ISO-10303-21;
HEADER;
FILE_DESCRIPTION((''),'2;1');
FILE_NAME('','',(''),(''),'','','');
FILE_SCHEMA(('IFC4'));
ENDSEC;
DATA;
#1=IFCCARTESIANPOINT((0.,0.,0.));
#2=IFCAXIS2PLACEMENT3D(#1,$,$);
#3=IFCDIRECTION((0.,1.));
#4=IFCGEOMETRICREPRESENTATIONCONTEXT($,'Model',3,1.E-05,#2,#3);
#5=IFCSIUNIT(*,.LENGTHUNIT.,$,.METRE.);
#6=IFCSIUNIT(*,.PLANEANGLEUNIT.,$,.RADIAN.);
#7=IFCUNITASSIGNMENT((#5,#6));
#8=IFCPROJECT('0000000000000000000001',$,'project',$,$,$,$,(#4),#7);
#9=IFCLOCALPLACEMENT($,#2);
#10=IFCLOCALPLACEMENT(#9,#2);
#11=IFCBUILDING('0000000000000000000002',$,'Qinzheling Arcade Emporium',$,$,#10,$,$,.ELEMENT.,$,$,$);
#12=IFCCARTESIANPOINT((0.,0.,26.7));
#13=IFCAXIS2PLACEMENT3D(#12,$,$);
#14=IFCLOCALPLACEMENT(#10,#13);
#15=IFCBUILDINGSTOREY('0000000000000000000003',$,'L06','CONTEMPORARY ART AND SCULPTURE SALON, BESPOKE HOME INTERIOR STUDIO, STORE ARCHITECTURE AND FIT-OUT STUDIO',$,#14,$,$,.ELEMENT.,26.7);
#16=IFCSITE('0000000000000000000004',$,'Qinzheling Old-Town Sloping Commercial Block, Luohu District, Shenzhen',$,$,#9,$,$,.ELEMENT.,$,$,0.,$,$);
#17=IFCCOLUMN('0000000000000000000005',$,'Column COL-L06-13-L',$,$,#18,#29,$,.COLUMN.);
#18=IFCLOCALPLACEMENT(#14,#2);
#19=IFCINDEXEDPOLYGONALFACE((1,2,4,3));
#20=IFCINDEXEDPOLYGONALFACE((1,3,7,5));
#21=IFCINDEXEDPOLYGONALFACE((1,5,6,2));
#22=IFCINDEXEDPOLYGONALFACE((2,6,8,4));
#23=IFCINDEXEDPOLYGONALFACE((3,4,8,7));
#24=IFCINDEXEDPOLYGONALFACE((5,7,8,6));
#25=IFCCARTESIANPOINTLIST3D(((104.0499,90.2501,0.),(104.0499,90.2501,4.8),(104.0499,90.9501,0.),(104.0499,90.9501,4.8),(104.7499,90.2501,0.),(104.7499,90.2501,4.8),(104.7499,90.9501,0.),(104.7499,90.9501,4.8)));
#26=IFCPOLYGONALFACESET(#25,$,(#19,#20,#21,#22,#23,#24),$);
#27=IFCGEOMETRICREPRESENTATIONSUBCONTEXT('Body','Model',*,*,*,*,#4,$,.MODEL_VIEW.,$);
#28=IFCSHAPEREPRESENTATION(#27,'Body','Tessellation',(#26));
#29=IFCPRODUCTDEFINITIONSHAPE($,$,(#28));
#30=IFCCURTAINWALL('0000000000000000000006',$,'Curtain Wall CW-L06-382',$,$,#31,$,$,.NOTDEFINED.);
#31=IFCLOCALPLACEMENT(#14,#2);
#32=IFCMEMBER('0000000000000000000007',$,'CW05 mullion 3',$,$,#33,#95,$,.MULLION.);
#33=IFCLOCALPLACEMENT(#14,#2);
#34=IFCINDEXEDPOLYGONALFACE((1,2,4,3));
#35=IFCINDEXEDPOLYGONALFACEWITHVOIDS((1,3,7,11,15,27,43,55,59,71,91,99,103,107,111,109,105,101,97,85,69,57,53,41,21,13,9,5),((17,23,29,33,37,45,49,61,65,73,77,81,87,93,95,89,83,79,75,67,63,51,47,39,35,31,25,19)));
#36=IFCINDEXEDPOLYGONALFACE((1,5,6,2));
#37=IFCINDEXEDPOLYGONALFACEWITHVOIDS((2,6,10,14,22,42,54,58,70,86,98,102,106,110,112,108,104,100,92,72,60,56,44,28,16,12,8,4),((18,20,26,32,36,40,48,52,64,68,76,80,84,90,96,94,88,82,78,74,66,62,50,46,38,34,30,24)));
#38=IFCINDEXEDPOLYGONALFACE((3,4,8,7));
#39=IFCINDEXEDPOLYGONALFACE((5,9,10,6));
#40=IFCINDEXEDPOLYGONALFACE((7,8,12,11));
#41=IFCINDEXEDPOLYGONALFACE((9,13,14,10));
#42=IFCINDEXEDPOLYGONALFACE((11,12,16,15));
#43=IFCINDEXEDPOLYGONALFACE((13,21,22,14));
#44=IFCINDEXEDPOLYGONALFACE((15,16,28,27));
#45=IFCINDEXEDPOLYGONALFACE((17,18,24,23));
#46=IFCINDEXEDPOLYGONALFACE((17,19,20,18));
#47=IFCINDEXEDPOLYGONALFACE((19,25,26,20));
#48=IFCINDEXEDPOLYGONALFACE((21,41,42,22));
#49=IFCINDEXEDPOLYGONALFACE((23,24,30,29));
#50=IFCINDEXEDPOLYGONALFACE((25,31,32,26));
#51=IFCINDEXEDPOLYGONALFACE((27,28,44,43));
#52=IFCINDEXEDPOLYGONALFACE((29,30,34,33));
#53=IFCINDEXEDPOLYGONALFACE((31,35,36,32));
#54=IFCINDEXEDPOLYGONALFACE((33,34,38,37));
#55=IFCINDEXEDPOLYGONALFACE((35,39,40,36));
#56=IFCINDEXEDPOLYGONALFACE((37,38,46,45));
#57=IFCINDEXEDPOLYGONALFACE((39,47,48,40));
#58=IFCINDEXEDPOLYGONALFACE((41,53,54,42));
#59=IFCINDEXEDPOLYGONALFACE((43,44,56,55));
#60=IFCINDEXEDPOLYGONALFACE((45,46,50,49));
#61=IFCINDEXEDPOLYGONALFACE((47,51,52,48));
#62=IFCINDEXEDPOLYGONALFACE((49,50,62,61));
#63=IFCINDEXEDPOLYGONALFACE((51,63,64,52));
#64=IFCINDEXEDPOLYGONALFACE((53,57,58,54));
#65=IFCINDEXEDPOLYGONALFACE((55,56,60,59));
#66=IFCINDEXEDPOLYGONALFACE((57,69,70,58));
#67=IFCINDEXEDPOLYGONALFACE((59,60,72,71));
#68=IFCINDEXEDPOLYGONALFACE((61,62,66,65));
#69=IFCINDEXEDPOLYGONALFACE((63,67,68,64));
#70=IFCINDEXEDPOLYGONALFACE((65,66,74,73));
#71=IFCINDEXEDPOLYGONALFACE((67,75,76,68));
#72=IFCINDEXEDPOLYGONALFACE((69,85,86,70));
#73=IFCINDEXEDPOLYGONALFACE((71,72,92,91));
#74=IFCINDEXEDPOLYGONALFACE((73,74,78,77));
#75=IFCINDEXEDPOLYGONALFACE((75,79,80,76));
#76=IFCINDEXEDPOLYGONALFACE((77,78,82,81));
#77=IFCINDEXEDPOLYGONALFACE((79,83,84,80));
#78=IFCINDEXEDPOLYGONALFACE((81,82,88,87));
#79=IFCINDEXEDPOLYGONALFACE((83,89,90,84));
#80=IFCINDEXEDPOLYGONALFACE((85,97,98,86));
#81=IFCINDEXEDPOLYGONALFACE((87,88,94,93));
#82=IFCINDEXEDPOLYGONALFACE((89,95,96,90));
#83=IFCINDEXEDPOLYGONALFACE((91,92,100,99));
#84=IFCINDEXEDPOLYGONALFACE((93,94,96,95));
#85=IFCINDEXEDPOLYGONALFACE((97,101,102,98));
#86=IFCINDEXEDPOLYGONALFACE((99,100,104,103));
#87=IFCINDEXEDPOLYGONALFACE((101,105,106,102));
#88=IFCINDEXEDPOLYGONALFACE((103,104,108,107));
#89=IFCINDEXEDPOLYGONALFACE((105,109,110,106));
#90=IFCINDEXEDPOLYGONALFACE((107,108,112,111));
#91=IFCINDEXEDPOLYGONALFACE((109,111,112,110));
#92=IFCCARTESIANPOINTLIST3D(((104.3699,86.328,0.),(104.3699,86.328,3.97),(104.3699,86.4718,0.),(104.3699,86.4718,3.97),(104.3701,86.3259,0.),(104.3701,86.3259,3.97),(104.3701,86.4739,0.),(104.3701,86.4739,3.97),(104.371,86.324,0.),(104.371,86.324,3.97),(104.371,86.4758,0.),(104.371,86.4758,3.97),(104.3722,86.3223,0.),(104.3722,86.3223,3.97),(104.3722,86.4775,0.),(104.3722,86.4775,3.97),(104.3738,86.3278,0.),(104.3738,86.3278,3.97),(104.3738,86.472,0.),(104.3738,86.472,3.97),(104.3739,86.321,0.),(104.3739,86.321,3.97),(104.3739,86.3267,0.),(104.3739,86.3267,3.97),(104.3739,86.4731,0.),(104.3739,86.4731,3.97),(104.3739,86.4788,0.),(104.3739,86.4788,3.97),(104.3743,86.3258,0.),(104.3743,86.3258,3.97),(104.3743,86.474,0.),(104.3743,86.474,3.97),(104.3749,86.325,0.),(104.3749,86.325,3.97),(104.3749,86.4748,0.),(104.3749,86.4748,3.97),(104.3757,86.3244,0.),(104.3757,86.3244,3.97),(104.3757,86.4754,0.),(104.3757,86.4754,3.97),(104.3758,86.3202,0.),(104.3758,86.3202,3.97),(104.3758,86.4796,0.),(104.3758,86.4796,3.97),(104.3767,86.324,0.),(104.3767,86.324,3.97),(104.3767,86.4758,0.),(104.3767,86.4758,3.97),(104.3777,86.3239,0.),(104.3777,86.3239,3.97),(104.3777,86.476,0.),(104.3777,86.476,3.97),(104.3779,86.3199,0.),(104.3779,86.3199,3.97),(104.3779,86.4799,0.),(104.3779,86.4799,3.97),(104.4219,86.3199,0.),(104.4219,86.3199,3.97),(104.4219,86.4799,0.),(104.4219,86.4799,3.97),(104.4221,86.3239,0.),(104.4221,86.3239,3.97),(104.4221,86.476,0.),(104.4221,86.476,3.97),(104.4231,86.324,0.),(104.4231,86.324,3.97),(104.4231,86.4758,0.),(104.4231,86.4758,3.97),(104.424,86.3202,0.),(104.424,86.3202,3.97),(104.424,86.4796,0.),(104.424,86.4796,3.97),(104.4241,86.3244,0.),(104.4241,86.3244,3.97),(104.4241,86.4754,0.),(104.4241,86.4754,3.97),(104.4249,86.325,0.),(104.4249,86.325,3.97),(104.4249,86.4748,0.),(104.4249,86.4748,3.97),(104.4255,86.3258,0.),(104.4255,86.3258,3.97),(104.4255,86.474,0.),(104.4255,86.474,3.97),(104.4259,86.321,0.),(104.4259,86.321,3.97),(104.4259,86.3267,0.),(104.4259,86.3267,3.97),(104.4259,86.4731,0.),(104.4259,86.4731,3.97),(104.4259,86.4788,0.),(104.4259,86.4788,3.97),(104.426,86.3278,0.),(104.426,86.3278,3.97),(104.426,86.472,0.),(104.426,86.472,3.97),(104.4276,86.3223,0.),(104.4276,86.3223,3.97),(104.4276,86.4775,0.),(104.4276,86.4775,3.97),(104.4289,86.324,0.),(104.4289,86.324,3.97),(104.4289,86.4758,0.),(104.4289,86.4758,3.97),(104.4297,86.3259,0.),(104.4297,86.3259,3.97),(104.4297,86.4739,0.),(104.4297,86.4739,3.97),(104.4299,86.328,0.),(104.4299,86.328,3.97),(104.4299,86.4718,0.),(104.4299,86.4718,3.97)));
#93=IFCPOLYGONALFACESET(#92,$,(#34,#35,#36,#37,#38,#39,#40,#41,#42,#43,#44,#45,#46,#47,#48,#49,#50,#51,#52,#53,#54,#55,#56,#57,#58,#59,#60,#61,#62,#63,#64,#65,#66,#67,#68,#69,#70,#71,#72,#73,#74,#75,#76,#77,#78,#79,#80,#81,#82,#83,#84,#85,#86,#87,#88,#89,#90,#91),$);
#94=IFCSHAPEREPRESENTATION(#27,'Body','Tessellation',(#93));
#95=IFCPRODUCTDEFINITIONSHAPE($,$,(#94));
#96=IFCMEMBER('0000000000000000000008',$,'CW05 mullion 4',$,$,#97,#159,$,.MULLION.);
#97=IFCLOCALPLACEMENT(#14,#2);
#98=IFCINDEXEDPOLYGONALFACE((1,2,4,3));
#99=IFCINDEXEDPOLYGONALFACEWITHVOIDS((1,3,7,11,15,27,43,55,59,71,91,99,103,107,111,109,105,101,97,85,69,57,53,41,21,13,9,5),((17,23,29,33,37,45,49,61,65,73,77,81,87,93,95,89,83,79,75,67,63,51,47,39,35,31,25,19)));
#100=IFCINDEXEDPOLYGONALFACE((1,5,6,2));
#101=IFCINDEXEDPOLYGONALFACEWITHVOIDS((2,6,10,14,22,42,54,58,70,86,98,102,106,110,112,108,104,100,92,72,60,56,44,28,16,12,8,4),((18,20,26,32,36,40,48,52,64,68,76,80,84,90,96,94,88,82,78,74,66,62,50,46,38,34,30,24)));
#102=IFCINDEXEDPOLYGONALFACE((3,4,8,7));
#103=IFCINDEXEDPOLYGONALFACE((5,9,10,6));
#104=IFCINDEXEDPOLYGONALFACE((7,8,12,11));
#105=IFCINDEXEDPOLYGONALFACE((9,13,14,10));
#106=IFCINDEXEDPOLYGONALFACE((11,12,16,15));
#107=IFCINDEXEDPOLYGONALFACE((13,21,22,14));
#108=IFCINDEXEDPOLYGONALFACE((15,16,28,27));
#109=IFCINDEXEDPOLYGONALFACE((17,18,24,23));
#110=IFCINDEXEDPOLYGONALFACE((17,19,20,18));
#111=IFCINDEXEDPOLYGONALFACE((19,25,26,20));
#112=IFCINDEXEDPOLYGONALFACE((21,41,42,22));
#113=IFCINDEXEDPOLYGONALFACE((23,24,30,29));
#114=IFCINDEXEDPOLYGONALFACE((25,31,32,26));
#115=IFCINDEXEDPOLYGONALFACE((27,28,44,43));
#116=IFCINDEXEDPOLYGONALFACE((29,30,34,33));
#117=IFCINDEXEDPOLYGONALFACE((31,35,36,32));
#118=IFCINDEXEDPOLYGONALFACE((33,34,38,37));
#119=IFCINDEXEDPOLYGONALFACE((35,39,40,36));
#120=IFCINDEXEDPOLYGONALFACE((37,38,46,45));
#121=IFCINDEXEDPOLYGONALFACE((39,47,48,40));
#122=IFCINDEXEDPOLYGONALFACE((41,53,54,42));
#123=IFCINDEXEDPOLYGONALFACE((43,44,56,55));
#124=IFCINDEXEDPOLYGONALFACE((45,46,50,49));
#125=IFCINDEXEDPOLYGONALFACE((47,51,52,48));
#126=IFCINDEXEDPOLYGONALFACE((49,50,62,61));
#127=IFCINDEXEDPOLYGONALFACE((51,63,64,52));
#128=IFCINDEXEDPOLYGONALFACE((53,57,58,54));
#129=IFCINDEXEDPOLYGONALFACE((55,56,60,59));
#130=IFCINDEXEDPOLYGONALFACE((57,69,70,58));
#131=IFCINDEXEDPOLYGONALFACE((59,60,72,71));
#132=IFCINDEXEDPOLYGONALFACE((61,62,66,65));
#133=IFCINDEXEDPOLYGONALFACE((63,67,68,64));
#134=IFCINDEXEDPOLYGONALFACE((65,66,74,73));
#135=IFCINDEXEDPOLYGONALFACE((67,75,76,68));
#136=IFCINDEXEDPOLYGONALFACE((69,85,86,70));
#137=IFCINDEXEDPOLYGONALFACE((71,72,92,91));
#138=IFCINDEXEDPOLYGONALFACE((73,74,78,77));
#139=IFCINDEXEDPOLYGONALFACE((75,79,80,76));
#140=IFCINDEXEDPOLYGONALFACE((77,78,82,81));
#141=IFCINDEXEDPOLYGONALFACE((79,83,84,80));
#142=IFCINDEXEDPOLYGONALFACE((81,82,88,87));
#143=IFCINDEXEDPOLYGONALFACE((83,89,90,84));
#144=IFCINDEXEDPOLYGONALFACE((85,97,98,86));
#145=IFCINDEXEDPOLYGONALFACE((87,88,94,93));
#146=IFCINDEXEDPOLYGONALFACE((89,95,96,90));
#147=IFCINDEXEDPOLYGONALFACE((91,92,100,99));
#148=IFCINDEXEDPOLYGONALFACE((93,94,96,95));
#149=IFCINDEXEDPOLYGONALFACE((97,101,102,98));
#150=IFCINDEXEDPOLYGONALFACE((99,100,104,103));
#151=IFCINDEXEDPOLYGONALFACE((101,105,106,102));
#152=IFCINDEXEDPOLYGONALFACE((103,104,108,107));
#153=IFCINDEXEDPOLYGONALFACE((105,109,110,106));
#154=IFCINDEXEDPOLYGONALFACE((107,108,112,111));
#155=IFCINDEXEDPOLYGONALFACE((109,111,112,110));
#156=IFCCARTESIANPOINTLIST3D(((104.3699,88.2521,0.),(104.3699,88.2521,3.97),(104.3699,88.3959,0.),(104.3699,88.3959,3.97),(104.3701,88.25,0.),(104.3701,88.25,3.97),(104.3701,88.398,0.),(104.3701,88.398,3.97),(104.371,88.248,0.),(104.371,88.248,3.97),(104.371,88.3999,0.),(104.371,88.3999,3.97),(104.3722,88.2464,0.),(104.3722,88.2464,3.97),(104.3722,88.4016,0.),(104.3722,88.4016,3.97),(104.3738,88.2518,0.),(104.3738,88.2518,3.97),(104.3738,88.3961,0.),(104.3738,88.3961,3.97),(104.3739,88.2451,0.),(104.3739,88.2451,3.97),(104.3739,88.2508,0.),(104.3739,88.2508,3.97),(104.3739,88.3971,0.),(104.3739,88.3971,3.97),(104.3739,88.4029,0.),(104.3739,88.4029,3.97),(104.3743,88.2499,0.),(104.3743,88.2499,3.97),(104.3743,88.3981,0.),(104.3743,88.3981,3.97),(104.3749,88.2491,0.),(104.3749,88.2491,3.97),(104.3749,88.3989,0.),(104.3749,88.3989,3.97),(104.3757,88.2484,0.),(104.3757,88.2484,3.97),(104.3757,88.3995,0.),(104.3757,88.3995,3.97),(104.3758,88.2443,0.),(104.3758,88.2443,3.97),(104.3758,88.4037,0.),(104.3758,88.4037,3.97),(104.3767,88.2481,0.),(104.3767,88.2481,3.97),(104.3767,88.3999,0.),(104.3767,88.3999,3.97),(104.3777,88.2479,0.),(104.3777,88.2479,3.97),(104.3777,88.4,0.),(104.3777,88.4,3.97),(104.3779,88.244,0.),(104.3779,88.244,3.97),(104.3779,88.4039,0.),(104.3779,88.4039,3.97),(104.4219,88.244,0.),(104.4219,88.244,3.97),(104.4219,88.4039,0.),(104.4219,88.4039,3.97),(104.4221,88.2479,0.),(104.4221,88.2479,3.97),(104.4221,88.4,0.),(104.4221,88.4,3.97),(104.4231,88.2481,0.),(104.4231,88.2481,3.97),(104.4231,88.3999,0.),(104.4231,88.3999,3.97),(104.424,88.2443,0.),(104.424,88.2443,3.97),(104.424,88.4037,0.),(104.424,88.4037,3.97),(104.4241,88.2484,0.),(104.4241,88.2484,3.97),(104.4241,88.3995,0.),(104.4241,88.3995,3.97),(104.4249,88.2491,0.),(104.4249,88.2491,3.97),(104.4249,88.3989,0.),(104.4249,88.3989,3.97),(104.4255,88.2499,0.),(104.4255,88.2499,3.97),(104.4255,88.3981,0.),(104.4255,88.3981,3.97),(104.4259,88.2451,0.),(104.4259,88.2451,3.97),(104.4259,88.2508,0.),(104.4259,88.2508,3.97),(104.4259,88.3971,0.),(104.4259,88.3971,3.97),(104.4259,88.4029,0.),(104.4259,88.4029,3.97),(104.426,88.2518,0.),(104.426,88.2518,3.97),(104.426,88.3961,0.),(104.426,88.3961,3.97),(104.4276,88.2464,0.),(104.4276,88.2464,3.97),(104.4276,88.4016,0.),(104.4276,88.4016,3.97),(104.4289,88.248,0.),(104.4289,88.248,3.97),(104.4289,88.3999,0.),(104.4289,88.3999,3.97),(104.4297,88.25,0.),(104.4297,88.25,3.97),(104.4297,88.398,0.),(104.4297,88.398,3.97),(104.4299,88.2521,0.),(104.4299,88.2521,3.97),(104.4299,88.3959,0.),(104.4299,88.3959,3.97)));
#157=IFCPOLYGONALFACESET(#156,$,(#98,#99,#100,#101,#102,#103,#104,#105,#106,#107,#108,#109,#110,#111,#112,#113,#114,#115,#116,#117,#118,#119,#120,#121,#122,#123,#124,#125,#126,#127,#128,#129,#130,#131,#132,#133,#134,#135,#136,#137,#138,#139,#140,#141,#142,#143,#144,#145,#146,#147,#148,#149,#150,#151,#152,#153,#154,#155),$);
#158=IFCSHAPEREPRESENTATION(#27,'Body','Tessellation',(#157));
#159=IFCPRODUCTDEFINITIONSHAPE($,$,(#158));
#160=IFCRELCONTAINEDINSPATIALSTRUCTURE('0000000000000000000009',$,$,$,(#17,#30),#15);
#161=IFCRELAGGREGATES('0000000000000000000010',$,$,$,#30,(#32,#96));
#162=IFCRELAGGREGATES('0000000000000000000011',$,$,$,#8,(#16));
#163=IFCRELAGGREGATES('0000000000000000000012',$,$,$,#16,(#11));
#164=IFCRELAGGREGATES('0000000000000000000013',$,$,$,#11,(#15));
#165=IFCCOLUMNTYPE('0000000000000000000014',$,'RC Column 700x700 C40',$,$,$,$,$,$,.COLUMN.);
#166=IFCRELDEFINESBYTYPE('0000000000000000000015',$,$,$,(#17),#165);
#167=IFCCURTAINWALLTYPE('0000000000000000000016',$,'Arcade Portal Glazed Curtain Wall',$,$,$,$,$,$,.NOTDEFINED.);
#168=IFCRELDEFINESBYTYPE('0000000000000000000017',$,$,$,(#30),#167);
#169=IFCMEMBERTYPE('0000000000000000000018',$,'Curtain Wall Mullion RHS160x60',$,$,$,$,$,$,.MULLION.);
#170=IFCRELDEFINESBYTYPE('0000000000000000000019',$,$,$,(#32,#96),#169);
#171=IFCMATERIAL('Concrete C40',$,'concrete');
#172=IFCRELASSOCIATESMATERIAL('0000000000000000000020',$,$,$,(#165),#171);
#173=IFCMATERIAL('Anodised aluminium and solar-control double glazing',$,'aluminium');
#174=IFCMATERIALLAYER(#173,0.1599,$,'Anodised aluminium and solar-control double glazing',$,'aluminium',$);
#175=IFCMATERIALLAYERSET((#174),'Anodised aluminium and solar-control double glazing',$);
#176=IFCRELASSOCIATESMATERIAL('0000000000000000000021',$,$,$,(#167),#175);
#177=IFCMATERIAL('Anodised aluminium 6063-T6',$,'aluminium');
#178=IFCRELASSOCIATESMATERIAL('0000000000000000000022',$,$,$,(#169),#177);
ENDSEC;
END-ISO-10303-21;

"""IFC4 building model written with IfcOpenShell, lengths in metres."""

from ifc_helpers import new_model, si_unit, direction, frame, origin, origin_2d, place, context, subcontext, project, spatial, rectangle, hollow_rectangle, extrude, material, layer, layer_set, material_profile, profile_set, type_object, element, aggregate, save


model = new_model("IFC4")

# Units and contexts
model_context = context("Model", 3, precision=1e-05, world=origin(), true_north=direction((0.0, 1.0)))
body_context = subcontext(model_context, "Body", "Model", "MODEL_VIEW")
ifc_project = project(units=[si_unit("LENGTHUNIT", "METRE"), si_unit("PLANEANGLEUNIT", "RADIAN")], contexts=[model_context])

# Site, building, storey
site_placement = place(None, origin())
site = spatial("IfcSite", under=ifc_project, at=site_placement, Name="Qinzheling Old-Town Sloping Commercial Block, Luohu District, Shenzhen", CompositionType="ELEMENT", RefElevation=0.0)
building_placement = place(site_placement, origin())
building = spatial("IfcBuilding", under=site, at=building_placement, Name="Qinzheling Arcade Emporium", CompositionType="ELEMENT")
storey_placement = place(building_placement, frame((0.0, 0.0, 26.7)))
storey = spatial("IfcBuildingStorey", under=building, at=storey_placement, Name="L06", Description="CONTEMPORARY ART AND SCULPTURE SALON, BESPOKE HOME INTERIOR STUDIO, STORE ARCHITECTURE AND FIT-OUT STUDIO", CompositionType="ELEMENT", Elevation=26.7)

# Column
ifc_material_1 = material(Name="Concrete C40", Category="concrete")
ifc_material_profile_1 = material_profile(ifc_material_1, rectangle(XDim=0.7, YDim=0.7, at=origin_2d()), Name="RC 700x700", Category="concrete")
ifc_profile_set_1 = profile_set([ifc_material_profile_1], Name="Concrete C40")
column_type = type_object("IfcColumnType", Name="RC Column 700x700 C40", PredefinedType="COLUMN", material=ifc_profile_set_1)
column_placement = place(storey_placement, frame((104.3999, 90.6001, 0.0), z_axis=(0.0, 0.0, 1.0), x_axis=(1.0, 0.0, 0.0)))
element("IfcColumn", 1, at=column_placement, inside=storey, type_object=column_type, Name="Column COL-L06-13-L", PredefinedType="COLUMN", context=body_context, shape_type="SweptSolid", body=[
    extrude(rectangle(XDim=0.7, YDim=0.7, at=origin_2d()), origin(), (0.0, 0.0, 1.0), 4.8),
])

# Curtain wall, members
ifc_material_2 = material(Name="Anodised aluminium and solar-control double glazing", Category="aluminium")
ifc_layer_1 = layer(ifc_material_2, 0.1599, Name="Anodised aluminium and solar-control double glazing", Category="aluminium")
ifc_layer_set_1 = layer_set([ifc_layer_1], Name="Anodised aluminium and solar-control double glazing")
curtain_wall_type = type_object("IfcCurtainWallType", Name="Arcade Portal Glazed Curtain Wall", PredefinedType="NOTDEFINED", material=ifc_layer_set_1)
curtain_wall_placement = place(storey_placement, origin())
curtain_wall = element("IfcCurtainWall", 2, at=curtain_wall_placement, inside=storey, type_object=curtain_wall_type, Name="Curtain Wall CW-L06-382", PredefinedType="NOTDEFINED")
ifc_material_3 = material(Name="Anodised aluminium 6063-T6", Category="aluminium")
ifc_material_profile_2 = material_profile(ifc_material_3, hollow_rectangle(XDim=0.0601, YDim=0.1599, WallThickness=0.0039, InnerFilletRadius=0.0039, OuterFilletRadius=0.0081, at=origin_2d()), Name="RHS 160x60x4", Category="aluminium")
ifc_profile_set_2 = profile_set([ifc_material_profile_2], Name="Anodised aluminium 6063-T6")
member_type_1 = type_object("IfcMemberType", Name="Curtain Wall Mullion RHS160x60", PredefinedType="MULLION", material=ifc_profile_set_2)
member_1_placement = place(storey_placement, frame((104.3999, 86.3999, 0.0), z_axis=(0.0, 0.0, 1.0), x_axis=(-1.0, 0.0, 0.0)))
member_1 = element("IfcMember", 3, at=member_1_placement, type_object=member_type_1, Name="CW05 mullion 3", PredefinedType="MULLION", context=body_context, shape_type="SweptSolid", body=[
    extrude(hollow_rectangle(XDim=0.0601, YDim=0.1599, WallThickness=0.0039, InnerFilletRadius=0.0039, OuterFilletRadius=0.0081, at=origin_2d()), origin(), (0.0, 0.0, 1.0), 3.97),
])
member_2_placement = place(storey_placement, frame((104.3999, 88.324, 0.0), z_axis=(0.0, 0.0, 1.0), x_axis=(-1.0, 0.0, 0.0)))
member_2 = element("IfcMember", 4, at=member_2_placement, type_object=member_type_1, Name="CW05 mullion 4", PredefinedType="MULLION", context=body_context, shape_type="SweptSolid", body=[
    extrude(hollow_rectangle(XDim=0.0601, YDim=0.1599, WallThickness=0.0039, InnerFilletRadius=0.0039, OuterFilletRadius=0.0081, at=origin_2d()), origin(), (0.0, 0.0, 1.0), 3.97),
])

aggregate(curtain_wall, [member_1, member_2])

save(model, "model.ifc")
